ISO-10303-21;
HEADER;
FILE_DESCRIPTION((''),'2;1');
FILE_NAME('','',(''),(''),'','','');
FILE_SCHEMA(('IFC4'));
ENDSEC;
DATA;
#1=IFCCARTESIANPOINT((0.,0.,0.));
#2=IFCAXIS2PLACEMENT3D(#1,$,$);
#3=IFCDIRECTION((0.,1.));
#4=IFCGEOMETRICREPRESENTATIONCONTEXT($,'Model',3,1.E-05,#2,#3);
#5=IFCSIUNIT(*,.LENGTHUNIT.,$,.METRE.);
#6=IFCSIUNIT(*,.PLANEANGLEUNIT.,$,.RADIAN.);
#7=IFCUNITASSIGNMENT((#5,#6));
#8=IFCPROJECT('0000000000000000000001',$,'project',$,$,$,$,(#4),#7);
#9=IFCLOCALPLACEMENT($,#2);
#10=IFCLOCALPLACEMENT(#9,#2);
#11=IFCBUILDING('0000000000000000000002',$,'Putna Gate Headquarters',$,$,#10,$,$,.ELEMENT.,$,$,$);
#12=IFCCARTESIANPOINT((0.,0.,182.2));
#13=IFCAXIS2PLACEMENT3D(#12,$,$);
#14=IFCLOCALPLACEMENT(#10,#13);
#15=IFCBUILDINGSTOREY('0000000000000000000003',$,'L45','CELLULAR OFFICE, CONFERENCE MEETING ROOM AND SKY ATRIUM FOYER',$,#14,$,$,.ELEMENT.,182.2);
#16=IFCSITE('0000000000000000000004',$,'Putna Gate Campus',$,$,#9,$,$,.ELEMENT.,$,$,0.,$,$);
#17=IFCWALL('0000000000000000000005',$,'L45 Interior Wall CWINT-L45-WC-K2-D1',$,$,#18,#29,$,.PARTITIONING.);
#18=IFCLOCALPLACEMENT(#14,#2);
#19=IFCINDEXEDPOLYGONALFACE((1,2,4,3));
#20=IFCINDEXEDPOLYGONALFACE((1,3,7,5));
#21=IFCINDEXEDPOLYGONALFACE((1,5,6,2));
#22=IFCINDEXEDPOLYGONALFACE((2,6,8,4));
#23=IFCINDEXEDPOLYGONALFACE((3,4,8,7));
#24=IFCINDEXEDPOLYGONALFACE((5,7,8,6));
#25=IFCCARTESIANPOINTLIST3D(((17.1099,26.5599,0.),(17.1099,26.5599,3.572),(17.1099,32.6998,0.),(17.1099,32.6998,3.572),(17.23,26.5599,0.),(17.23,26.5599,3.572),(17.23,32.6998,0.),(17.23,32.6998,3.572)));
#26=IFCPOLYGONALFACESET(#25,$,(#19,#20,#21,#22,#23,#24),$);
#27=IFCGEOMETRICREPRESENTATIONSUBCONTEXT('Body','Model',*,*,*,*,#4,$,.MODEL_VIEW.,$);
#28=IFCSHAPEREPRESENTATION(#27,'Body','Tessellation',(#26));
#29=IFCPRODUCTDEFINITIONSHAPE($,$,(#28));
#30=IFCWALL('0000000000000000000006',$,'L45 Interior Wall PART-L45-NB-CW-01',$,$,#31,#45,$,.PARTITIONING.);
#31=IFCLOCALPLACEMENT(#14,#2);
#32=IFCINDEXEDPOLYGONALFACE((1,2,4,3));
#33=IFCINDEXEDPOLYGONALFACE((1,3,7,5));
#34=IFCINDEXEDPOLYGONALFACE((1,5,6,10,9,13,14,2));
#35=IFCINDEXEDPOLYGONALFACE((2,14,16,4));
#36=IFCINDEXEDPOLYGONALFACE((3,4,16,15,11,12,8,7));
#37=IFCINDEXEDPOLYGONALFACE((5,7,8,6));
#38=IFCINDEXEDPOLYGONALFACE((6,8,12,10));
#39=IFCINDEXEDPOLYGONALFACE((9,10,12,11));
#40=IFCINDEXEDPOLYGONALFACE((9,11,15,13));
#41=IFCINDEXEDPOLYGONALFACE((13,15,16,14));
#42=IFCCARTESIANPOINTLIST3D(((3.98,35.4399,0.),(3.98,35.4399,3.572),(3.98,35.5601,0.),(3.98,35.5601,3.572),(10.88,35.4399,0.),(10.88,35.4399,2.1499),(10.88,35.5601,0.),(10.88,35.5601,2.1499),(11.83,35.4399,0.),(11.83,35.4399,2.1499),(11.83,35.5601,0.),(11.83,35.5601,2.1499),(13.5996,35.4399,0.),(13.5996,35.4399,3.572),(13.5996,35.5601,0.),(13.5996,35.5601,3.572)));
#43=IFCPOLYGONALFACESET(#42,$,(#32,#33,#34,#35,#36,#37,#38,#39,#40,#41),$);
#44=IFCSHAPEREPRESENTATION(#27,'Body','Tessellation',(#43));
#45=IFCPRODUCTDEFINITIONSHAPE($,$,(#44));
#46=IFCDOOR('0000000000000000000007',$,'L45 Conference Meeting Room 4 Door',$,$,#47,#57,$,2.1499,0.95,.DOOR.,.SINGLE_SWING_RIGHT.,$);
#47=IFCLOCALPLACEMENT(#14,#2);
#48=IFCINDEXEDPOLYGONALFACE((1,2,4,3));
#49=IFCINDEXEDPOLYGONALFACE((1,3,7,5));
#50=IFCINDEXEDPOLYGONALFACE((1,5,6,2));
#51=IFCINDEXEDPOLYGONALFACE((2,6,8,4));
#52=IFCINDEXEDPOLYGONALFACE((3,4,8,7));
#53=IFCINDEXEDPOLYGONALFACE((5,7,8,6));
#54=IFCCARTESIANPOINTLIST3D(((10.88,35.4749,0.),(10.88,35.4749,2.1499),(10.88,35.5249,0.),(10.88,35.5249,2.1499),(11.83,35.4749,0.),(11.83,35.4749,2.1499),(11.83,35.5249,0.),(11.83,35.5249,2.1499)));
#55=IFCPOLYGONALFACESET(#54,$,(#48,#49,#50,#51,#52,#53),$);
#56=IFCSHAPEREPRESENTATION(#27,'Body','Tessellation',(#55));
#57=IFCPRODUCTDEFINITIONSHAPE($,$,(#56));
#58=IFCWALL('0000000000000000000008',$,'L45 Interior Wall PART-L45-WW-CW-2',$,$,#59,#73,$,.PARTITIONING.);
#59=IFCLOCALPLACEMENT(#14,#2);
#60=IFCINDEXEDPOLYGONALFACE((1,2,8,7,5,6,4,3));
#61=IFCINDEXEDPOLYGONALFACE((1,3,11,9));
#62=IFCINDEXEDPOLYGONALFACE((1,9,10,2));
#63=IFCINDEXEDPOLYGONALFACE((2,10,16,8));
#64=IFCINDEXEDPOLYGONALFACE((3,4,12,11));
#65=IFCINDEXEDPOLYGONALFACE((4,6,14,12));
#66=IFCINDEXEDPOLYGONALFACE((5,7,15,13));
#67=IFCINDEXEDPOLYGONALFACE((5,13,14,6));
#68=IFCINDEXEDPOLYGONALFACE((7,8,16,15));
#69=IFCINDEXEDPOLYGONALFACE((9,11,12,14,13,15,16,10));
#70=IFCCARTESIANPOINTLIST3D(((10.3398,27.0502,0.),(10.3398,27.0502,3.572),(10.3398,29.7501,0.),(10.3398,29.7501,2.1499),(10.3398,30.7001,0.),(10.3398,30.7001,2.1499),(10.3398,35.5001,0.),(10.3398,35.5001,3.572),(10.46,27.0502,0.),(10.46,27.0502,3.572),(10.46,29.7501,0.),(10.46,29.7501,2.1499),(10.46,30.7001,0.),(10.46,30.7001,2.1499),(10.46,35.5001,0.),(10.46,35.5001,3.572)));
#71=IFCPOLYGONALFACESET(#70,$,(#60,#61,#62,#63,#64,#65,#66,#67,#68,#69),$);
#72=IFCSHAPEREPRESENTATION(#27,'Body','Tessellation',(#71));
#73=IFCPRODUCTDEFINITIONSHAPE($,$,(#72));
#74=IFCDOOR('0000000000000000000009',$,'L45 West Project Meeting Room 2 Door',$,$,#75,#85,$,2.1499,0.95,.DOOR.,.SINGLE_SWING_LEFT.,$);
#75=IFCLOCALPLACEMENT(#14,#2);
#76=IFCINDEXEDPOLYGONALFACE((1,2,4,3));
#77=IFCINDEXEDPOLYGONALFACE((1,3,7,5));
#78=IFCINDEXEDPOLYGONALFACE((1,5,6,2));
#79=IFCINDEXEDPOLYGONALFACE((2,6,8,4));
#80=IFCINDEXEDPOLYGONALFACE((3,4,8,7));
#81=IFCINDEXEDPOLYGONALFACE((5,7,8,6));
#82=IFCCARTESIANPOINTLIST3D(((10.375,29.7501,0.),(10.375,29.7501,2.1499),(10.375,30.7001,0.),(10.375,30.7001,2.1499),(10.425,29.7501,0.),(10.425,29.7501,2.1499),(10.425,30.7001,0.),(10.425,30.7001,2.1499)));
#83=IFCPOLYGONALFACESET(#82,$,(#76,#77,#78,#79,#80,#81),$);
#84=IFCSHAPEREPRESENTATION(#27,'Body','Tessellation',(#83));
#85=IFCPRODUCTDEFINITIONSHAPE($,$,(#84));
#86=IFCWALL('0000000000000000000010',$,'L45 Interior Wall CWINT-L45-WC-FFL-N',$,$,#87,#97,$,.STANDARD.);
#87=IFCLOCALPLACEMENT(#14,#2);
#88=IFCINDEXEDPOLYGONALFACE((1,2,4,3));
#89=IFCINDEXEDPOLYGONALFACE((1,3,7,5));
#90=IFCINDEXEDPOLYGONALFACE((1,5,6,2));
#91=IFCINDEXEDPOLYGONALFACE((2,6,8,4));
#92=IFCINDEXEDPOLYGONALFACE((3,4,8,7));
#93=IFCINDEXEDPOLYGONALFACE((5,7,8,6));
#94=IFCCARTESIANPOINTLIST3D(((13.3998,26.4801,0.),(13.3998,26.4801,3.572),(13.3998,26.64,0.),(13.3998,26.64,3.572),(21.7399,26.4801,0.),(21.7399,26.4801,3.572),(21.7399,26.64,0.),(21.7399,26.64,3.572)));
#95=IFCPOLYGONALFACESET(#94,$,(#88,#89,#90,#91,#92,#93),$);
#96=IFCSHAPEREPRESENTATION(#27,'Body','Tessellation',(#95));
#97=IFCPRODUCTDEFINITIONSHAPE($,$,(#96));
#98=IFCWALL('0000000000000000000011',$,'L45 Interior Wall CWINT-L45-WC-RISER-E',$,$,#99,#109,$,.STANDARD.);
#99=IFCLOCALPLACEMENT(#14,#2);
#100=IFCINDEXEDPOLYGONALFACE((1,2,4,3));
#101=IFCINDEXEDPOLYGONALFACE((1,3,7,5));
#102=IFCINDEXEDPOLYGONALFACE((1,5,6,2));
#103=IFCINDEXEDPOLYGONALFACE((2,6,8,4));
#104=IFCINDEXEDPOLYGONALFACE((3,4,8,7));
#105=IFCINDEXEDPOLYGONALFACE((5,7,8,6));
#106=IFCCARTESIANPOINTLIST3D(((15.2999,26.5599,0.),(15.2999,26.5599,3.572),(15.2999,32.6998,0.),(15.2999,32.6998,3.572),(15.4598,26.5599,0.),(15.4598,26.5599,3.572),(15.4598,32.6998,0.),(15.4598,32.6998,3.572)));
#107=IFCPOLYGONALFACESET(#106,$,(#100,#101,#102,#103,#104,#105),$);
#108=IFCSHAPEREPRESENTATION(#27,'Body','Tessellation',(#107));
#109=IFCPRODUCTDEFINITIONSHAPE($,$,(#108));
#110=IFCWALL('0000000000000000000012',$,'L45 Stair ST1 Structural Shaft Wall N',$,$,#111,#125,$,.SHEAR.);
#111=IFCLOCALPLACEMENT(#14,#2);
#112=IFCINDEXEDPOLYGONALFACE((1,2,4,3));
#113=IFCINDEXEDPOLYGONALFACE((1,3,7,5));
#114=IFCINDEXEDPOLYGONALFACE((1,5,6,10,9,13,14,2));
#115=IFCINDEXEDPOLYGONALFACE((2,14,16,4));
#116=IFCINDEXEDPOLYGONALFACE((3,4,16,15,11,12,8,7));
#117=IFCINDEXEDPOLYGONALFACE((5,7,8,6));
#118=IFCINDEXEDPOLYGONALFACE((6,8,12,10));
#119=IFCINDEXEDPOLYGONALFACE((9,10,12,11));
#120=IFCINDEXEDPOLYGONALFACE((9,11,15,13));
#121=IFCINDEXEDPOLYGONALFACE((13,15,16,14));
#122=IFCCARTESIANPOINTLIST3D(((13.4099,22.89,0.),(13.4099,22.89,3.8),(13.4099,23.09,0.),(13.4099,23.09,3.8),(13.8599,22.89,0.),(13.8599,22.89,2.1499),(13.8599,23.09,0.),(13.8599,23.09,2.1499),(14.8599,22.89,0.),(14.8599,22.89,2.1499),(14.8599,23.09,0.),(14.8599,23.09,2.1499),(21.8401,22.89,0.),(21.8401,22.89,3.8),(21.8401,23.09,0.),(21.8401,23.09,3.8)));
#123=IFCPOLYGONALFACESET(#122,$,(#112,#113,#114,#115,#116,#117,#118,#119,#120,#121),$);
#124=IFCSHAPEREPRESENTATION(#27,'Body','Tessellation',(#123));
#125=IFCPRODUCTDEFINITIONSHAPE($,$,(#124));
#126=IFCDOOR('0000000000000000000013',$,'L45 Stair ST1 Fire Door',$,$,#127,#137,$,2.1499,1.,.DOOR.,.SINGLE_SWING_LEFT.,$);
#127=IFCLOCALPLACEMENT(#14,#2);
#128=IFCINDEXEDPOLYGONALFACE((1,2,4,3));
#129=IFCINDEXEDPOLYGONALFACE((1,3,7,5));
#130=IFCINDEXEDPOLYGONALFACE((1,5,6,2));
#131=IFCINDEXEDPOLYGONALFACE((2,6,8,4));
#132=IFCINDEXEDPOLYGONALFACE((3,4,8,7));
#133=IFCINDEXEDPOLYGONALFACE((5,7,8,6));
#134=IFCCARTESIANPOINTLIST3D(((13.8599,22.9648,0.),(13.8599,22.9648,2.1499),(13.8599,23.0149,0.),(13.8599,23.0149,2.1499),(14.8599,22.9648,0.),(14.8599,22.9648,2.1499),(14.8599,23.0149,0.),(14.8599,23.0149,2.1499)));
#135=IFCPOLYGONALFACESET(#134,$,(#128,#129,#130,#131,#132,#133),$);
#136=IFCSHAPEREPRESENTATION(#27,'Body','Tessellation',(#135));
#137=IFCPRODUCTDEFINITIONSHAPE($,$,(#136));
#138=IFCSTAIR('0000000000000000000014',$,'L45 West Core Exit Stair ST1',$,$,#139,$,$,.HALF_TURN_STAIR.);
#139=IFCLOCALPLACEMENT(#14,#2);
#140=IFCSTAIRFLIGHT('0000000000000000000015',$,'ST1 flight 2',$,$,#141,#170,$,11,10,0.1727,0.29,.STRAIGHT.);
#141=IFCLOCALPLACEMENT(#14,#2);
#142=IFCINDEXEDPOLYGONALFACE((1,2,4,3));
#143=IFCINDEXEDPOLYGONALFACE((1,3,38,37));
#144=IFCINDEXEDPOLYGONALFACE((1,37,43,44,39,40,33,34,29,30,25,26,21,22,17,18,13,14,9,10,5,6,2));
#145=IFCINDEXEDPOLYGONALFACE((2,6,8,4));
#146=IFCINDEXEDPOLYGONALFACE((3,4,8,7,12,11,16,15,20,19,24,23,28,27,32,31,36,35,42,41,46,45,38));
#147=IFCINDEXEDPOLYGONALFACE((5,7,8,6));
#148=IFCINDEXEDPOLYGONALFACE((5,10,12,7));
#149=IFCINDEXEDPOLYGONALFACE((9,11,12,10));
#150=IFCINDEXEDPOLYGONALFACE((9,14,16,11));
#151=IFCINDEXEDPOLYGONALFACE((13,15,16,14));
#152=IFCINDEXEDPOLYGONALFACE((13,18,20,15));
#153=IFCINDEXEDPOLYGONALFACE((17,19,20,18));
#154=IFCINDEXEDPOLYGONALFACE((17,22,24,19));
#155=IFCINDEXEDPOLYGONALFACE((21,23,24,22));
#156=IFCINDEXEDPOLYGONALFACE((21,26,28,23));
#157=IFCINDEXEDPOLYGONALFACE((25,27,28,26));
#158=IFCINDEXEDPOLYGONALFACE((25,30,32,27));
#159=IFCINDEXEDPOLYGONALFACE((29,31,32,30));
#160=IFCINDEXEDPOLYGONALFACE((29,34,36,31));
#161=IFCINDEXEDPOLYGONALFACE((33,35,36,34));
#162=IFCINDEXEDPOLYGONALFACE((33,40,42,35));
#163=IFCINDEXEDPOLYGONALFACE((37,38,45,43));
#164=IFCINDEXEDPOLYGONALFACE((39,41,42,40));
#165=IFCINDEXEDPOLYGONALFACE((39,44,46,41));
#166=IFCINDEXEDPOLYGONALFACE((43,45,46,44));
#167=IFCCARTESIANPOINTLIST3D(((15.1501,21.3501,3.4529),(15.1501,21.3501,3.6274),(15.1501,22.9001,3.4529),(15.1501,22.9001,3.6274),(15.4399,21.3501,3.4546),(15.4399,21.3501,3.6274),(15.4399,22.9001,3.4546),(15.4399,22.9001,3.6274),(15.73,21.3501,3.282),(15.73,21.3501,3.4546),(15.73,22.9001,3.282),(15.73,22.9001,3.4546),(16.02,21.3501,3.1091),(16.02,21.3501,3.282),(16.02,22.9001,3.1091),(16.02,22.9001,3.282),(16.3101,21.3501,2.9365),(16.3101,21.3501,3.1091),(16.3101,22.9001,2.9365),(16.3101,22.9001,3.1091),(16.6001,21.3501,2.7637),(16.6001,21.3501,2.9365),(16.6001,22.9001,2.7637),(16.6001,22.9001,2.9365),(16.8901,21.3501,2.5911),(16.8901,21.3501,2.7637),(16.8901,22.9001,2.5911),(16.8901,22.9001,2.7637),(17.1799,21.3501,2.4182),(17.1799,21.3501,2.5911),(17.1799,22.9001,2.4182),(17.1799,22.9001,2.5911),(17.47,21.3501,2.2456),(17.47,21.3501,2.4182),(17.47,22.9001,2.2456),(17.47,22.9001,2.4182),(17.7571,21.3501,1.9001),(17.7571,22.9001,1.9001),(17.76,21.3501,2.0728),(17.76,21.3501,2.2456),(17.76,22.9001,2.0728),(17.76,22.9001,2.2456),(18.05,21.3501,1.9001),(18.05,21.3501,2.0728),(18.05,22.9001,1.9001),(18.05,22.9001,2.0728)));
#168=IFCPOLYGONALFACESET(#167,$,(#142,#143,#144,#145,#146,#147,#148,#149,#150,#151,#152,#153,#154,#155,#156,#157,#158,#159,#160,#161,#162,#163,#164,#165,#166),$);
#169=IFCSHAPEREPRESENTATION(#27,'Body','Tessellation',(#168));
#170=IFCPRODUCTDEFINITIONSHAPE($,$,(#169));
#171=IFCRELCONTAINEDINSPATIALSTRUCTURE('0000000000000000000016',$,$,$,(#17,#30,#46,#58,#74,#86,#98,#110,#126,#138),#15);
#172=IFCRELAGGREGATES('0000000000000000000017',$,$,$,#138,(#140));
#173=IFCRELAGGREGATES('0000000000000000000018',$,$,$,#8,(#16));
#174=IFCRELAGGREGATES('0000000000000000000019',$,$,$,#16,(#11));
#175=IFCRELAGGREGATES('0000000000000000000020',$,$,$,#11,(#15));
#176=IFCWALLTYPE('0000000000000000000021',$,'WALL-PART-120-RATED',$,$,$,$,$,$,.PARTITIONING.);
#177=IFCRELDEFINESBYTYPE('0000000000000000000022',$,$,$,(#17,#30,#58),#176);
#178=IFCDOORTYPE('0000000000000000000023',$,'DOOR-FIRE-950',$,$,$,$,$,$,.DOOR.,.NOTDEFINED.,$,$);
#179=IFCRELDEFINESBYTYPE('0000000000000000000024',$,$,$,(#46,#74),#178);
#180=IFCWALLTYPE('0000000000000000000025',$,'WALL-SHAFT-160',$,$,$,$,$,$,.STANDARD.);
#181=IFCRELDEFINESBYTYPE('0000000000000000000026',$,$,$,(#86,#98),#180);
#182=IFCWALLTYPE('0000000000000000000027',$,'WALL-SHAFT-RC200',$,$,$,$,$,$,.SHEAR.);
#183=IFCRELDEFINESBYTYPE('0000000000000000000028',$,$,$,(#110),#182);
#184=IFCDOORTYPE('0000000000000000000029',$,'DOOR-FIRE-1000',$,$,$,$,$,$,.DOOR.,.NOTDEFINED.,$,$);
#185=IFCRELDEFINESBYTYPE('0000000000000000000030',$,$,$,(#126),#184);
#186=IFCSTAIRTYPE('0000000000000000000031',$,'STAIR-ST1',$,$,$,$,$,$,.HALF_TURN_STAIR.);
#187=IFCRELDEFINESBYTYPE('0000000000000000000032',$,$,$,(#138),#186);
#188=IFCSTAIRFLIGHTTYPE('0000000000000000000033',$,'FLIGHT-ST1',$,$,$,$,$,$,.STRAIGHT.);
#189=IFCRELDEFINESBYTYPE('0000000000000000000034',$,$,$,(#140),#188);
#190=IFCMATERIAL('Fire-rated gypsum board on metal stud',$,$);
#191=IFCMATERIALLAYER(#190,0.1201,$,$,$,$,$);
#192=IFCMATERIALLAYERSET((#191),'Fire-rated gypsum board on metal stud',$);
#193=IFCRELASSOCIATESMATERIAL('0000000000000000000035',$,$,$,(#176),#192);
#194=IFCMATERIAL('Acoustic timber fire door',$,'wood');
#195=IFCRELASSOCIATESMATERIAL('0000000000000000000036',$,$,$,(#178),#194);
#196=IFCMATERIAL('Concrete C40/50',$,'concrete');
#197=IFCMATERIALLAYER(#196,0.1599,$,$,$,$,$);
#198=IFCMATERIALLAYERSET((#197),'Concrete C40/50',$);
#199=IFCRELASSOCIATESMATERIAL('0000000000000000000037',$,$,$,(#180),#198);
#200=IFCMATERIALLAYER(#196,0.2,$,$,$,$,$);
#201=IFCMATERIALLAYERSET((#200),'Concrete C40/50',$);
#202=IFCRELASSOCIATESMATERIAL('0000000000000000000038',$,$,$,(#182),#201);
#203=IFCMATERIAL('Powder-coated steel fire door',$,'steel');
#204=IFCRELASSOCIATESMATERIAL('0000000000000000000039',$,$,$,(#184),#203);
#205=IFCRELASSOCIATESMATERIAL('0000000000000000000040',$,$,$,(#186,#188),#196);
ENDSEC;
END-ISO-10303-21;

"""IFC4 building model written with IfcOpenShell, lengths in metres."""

from ifc_helpers import new_model, si_unit, direction, frame, frame_2d, origin, place, context, subcontext, project, spatial, polyline, rectangle, outline, extrude, material, layer, layer_set, type_object, element, fill, aggregate, save


model = new_model("IFC4")

# Units and contexts
model_context = context("Model", 3, precision=1e-05, world=origin(), true_north=direction((0.0, 1.0)))
body_context = subcontext(model_context, "Body", "Model", "MODEL_VIEW")
ifc_project = project(units=[si_unit("LENGTHUNIT", "METRE"), si_unit("PLANEANGLEUNIT", "RADIAN")], contexts=[model_context])

# Site, building, storey
site_placement = place(None, origin())
site = spatial("IfcSite", under=ifc_project, at=site_placement, Name="Putna Gate Campus", CompositionType="ELEMENT", RefElevation=0.0)
building_placement = place(site_placement, origin())
building = spatial("IfcBuilding", under=site, at=building_placement, Name="Putna Gate Headquarters", CompositionType="ELEMENT")
storey_placement = place(building_placement, frame((0.0, 0.0, 182.2)))
storey = spatial("IfcBuildingStorey", under=building, at=storey_placement, Name="L45", Description="CELLULAR OFFICE, CONFERENCE MEETING ROOM AND SKY ATRIUM FOYER", CompositionType="ELEMENT", Elevation=182.2)

# Wall
ifc_material_1 = material(Name="Fire-rated gypsum board on metal stud")
ifc_layer_1 = layer(ifc_material_1, 0.1201)
ifc_layer_set_1 = layer_set([ifc_layer_1], Name="Fire-rated gypsum board on metal stud")
wall_type_1 = type_object("IfcWallType", Name="WALL-PART-120-RATED", PredefinedType="PARTITIONING", material=ifc_layer_set_1)
wall_1_placement = place(storey_placement, frame((17.1699, 26.5601, 0.0), z_axis=(0.0, 0.0, 1.0), x_axis=(0.0, 1.0, 0.0)))
element("IfcWall", 1, at=wall_1_placement, inside=storey, type_object=wall_type_1, Name="L45 Interior Wall CWINT-L45-WC-K2-D1", PredefinedType="PARTITIONING", context=body_context, shape_type="SweptSolid", body=[
    extrude(rectangle(XDim=6.1399, YDim=0.1201, at=frame_2d((3.0698, 0.0))), origin(), (0.0, 0.0, 1.0), 3.572),
])

# Walls, openings, doors
wall_2_placement = place(storey_placement, frame((3.98, 35.5, 0.0), z_axis=(0.0, 0.0, 1.0), x_axis=(1.0, 0.0, 0.0)))
wall_2 = element("IfcWall", 2, at=wall_2_placement, inside=storey, type_object=wall_type_1, Name="L45 Interior Wall PART-L45-NB-CW-01", PredefinedType="PARTITIONING", context=body_context, shape_type="SweptSolid", body=[
    extrude(rectangle(XDim=9.6196, YDim=0.1201, at=frame_2d((4.8098, 0.0))), origin(), (0.0, 0.0, 1.0), 3.572),
])
opening_1_placement = place(wall_2_placement, frame((6.8999, 0.0, 0.0)))
opening_1 = element("IfcOpeningElement", 3, at=opening_1_placement, cuts=wall_2, PredefinedType="OPENING", context=body_context, shape_type="SweptSolid", body=[
    extrude(rectangle(XDim=0.95, YDim=2.1499, at=frame_2d((0.4751, 1.075))), frame((0.0, 0.0701, 0.0), z_axis=(0.0, -1.0, 0.0), x_axis=(1.0, 0.0, 0.0)), (0.0, 0.0, 1.0), 0.1401),
])
ifc_material_2 = material(Name="Acoustic timber fire door", Category="wood")
door_type_1 = type_object("IfcDoorType", Name="DOOR-FIRE-950", OperationType="NOTDEFINED", PredefinedType="DOOR", material=ifc_material_2)
door_1_placement = place(opening_1_placement, origin())
door_1 = element("IfcDoor", 4, at=door_1_placement, inside=storey, type_object=door_type_1, Name="L45 Conference Meeting Room 4 Door", OperationType="SINGLE_SWING_RIGHT", OverallHeight=2.1499, OverallWidth=0.95, PredefinedType="DOOR", context=body_context, shape_type="SweptSolid", body=[
    extrude(rectangle(XDim=0.95, YDim=2.1499, at=frame_2d((0.4751, 1.075))), frame((0.0, 0.0249, 0.0), z_axis=(0.0, -1.0, 0.0), x_axis=(1.0, 0.0, 0.0)), (0.0, 0.0, 1.0), 0.05),
])
fill(opening_1, door_1)
wall_3_placement = place(storey_placement, frame((10.3999, 27.05, 0.0), z_axis=(0.0, 0.0, 1.0), x_axis=(0.0, 1.0, 0.0)))
wall_3 = element("IfcWall", 5, at=wall_3_placement, inside=storey, type_object=wall_type_1, Name="L45 Interior Wall PART-L45-WW-CW-2", PredefinedType="PARTITIONING", context=body_context, shape_type="SweptSolid", body=[
    extrude(rectangle(XDim=8.45, YDim=0.1201, at=frame_2d((4.2251, 0.0))), origin(), (0.0, 0.0, 1.0), 3.572),
])
opening_2_placement = place(wall_3_placement, frame((2.7, 0.0, 0.0)))
opening_2 = element("IfcOpeningElement", 6, at=opening_2_placement, cuts=wall_3, PredefinedType="OPENING", context=body_context, shape_type="SweptSolid", body=[
    extrude(rectangle(XDim=0.95, YDim=2.1499, at=frame_2d((0.4751, 1.075))), frame((0.0, 0.0701, 0.0), z_axis=(0.0, -1.0, 0.0), x_axis=(1.0, 0.0, 0.0)), (0.0, 0.0, 1.0), 0.1401),
])
door_2_placement = place(opening_2_placement, origin())
door_2 = element("IfcDoor", 7, at=door_2_placement, inside=storey, type_object=door_type_1, Name="L45 West Project Meeting Room 2 Door", OperationType="SINGLE_SWING_LEFT", OverallHeight=2.1499, OverallWidth=0.95, PredefinedType="DOOR", context=body_context, shape_type="SweptSolid", body=[
    extrude(rectangle(XDim=0.95, YDim=2.1499, at=frame_2d((0.4751, 1.075))), frame((0.0, 0.0249, 0.0), z_axis=(0.0, -1.0, 0.0), x_axis=(1.0, 0.0, 0.0)), (0.0, 0.0, 1.0), 0.05),
])
fill(opening_2, door_2)

# Walls
ifc_material_3 = material(Name="Concrete C40/50", Category="concrete")
ifc_layer_2 = layer(ifc_material_3, 0.1599)
ifc_layer_set_2 = layer_set([ifc_layer_2], Name="Concrete C40/50")
wall_type_2 = type_object("IfcWallType", Name="WALL-SHAFT-160", PredefinedType="STANDARD", material=ifc_layer_set_2)
wall_4_placement = place(storey_placement, frame((13.3999, 26.5601, 0.0), z_axis=(0.0, 0.0, 1.0), x_axis=(1.0, 0.0, 0.0)))
element("IfcWall", 8, at=wall_4_placement, inside=storey, type_object=wall_type_2, Name="L45 Interior Wall CWINT-L45-WC-FFL-N", PredefinedType="STANDARD", context=body_context, shape_type="SweptSolid", body=[
    extrude(rectangle(XDim=8.3401, YDim=0.1599, at=frame_2d((4.1699, 0.0))), origin(), (0.0, 0.0, 1.0), 3.572),
])
wall_5_placement = place(storey_placement, frame((15.3799, 26.5601, 0.0), z_axis=(0.0, 0.0, 1.0), x_axis=(0.0, 1.0, 0.0)))
element("IfcWall", 9, at=wall_5_placement, inside=storey, type_object=wall_type_2, Name="L45 Interior Wall CWINT-L45-WC-RISER-E", PredefinedType="STANDARD", context=body_context, shape_type="SweptSolid", body=[
    extrude(rectangle(XDim=6.1399, YDim=0.1599, at=frame_2d((3.0698, 0.0))), origin(), (0.0, 0.0, 1.0), 3.572),
])

# Wall, opening, door
ifc_layer_3 = layer(ifc_material_3, 0.2)
ifc_layer_set_3 = layer_set([ifc_layer_3], Name="Concrete C40/50")
wall_type_3 = type_object("IfcWallType", Name="WALL-SHAFT-RC200", PredefinedType="SHEAR", material=ifc_layer_set_3)
wall_6_placement = place(storey_placement, frame((13.4099, 22.99, 0.0), z_axis=(0.0, 0.0, 1.0), x_axis=(1.0, 0.0, 0.0)))
wall_6 = element("IfcWall", 10, at=wall_6_placement, inside=storey, type_object=wall_type_3, Name="L45 Stair ST1 Structural Shaft Wall N", PredefinedType="SHEAR", context=body_context, shape_type="SweptSolid", body=[
    extrude(rectangle(XDim=8.4302, YDim=0.2, at=frame_2d((4.2151, 0.0))), origin(), (0.0, 0.0, 1.0), 3.8),
])
opening_3_placement = place(wall_6_placement, frame((0.45, 0.0, 0.0)))
opening_3 = element("IfcOpeningElement", 11, at=opening_3_placement, cuts=wall_6, PredefinedType="OPENING", context=body_context, shape_type="SweptSolid", body=[
    extrude(rectangle(XDim=1.0, YDim=2.1499, at=frame_2d((0.5, 1.075))), frame((0.0, 0.1099, 0.0), z_axis=(0.0, -1.0, 0.0), x_axis=(1.0, 0.0, 0.0)), (0.0, 0.0, 1.0), 0.22),
])
ifc_material_4 = material(Name="Powder-coated steel fire door", Category="steel")
door_type_2 = type_object("IfcDoorType", Name="DOOR-FIRE-1000", OperationType="NOTDEFINED", PredefinedType="DOOR", material=ifc_material_4)
door_3_placement = place(opening_3_placement, origin())
door_3 = element("IfcDoor", 12, at=door_3_placement, inside=storey, type_object=door_type_2, Name="L45 Stair ST1 Fire Door", OperationType="SINGLE_SWING_LEFT", OverallHeight=2.1499, OverallWidth=1.0, PredefinedType="DOOR", context=body_context, shape_type="SweptSolid", body=[
    extrude(rectangle(XDim=1.0, YDim=2.1499, at=frame_2d((0.5, 1.075))), frame((0.0, 0.0249, 0.0), z_axis=(0.0, -1.0, 0.0), x_axis=(1.0, 0.0, 0.0)), (0.0, 0.0, 1.0), 0.05),
])
fill(opening_3, door_3)

# Stair, stair flight
stair_type = type_object("IfcStairType", Name="STAIR-ST1", PredefinedType="HALF_TURN_STAIR", material=ifc_material_3)
stair_placement = place(storey_placement, origin())
stair = element("IfcStair", 13, at=stair_placement, inside=storey, type_object=stair_type, Name="L45 West Core Exit Stair ST1", PredefinedType="HALF_TURN_STAIR")
stair_flight_type = type_object("IfcStairFlightType", Name="FLIGHT-ST1", PredefinedType="STRAIGHT", material=ifc_material_3)
stair_flight_placement = place(storey_placement, frame((18.05, 22.125, 1.9001), z_axis=(0.0, 0.0, 1.0), x_axis=(-1.0, 0.0, 0.0)))
stair_flight = element("IfcStairFlight", 14, at=stair_flight_placement, type_object=stair_flight_type, Name="ST1 flight 2", NumberOfRisers=11, NumberOfTreads=10, PredefinedType="STRAIGHT", RiserHeight=0.1727, TreadLength=0.29, context=body_context, shape_type="SweptSolid", body=[
    extrude(outline(polyline([(0.0, 0.0), (0.0, 0.1726), (0.29, 0.1726), (0.29, 0.3455), (0.5801, 0.3455), (0.5801, 0.5181), (0.8701, 0.5181), (0.8701, 0.6909), (1.1599, 0.6909), (1.1599, 0.8635), (1.45, 0.8635), (1.45, 1.0364), (1.74, 1.0364), (1.74, 1.209), (2.03, 1.209), (2.03, 1.3818), (2.3201, 1.3818), (2.3201, 1.5544), (2.6101, 1.5544), (2.6101, 1.7273), (2.8999, 1.7273), (2.8999, 1.8999), (2.8999, 1.5527), (0.293, 0.0), (0.0, 0.0)])), frame((0.0, 0.7749, 0.0), z_axis=(0.0, -1.0, 0.0), x_axis=(1.0, 0.0, 0.0)), (0.0, 0.0, 1.0), 1.55),
])
aggregate(stair, [stair_flight])

save(model, "model.ifc")
